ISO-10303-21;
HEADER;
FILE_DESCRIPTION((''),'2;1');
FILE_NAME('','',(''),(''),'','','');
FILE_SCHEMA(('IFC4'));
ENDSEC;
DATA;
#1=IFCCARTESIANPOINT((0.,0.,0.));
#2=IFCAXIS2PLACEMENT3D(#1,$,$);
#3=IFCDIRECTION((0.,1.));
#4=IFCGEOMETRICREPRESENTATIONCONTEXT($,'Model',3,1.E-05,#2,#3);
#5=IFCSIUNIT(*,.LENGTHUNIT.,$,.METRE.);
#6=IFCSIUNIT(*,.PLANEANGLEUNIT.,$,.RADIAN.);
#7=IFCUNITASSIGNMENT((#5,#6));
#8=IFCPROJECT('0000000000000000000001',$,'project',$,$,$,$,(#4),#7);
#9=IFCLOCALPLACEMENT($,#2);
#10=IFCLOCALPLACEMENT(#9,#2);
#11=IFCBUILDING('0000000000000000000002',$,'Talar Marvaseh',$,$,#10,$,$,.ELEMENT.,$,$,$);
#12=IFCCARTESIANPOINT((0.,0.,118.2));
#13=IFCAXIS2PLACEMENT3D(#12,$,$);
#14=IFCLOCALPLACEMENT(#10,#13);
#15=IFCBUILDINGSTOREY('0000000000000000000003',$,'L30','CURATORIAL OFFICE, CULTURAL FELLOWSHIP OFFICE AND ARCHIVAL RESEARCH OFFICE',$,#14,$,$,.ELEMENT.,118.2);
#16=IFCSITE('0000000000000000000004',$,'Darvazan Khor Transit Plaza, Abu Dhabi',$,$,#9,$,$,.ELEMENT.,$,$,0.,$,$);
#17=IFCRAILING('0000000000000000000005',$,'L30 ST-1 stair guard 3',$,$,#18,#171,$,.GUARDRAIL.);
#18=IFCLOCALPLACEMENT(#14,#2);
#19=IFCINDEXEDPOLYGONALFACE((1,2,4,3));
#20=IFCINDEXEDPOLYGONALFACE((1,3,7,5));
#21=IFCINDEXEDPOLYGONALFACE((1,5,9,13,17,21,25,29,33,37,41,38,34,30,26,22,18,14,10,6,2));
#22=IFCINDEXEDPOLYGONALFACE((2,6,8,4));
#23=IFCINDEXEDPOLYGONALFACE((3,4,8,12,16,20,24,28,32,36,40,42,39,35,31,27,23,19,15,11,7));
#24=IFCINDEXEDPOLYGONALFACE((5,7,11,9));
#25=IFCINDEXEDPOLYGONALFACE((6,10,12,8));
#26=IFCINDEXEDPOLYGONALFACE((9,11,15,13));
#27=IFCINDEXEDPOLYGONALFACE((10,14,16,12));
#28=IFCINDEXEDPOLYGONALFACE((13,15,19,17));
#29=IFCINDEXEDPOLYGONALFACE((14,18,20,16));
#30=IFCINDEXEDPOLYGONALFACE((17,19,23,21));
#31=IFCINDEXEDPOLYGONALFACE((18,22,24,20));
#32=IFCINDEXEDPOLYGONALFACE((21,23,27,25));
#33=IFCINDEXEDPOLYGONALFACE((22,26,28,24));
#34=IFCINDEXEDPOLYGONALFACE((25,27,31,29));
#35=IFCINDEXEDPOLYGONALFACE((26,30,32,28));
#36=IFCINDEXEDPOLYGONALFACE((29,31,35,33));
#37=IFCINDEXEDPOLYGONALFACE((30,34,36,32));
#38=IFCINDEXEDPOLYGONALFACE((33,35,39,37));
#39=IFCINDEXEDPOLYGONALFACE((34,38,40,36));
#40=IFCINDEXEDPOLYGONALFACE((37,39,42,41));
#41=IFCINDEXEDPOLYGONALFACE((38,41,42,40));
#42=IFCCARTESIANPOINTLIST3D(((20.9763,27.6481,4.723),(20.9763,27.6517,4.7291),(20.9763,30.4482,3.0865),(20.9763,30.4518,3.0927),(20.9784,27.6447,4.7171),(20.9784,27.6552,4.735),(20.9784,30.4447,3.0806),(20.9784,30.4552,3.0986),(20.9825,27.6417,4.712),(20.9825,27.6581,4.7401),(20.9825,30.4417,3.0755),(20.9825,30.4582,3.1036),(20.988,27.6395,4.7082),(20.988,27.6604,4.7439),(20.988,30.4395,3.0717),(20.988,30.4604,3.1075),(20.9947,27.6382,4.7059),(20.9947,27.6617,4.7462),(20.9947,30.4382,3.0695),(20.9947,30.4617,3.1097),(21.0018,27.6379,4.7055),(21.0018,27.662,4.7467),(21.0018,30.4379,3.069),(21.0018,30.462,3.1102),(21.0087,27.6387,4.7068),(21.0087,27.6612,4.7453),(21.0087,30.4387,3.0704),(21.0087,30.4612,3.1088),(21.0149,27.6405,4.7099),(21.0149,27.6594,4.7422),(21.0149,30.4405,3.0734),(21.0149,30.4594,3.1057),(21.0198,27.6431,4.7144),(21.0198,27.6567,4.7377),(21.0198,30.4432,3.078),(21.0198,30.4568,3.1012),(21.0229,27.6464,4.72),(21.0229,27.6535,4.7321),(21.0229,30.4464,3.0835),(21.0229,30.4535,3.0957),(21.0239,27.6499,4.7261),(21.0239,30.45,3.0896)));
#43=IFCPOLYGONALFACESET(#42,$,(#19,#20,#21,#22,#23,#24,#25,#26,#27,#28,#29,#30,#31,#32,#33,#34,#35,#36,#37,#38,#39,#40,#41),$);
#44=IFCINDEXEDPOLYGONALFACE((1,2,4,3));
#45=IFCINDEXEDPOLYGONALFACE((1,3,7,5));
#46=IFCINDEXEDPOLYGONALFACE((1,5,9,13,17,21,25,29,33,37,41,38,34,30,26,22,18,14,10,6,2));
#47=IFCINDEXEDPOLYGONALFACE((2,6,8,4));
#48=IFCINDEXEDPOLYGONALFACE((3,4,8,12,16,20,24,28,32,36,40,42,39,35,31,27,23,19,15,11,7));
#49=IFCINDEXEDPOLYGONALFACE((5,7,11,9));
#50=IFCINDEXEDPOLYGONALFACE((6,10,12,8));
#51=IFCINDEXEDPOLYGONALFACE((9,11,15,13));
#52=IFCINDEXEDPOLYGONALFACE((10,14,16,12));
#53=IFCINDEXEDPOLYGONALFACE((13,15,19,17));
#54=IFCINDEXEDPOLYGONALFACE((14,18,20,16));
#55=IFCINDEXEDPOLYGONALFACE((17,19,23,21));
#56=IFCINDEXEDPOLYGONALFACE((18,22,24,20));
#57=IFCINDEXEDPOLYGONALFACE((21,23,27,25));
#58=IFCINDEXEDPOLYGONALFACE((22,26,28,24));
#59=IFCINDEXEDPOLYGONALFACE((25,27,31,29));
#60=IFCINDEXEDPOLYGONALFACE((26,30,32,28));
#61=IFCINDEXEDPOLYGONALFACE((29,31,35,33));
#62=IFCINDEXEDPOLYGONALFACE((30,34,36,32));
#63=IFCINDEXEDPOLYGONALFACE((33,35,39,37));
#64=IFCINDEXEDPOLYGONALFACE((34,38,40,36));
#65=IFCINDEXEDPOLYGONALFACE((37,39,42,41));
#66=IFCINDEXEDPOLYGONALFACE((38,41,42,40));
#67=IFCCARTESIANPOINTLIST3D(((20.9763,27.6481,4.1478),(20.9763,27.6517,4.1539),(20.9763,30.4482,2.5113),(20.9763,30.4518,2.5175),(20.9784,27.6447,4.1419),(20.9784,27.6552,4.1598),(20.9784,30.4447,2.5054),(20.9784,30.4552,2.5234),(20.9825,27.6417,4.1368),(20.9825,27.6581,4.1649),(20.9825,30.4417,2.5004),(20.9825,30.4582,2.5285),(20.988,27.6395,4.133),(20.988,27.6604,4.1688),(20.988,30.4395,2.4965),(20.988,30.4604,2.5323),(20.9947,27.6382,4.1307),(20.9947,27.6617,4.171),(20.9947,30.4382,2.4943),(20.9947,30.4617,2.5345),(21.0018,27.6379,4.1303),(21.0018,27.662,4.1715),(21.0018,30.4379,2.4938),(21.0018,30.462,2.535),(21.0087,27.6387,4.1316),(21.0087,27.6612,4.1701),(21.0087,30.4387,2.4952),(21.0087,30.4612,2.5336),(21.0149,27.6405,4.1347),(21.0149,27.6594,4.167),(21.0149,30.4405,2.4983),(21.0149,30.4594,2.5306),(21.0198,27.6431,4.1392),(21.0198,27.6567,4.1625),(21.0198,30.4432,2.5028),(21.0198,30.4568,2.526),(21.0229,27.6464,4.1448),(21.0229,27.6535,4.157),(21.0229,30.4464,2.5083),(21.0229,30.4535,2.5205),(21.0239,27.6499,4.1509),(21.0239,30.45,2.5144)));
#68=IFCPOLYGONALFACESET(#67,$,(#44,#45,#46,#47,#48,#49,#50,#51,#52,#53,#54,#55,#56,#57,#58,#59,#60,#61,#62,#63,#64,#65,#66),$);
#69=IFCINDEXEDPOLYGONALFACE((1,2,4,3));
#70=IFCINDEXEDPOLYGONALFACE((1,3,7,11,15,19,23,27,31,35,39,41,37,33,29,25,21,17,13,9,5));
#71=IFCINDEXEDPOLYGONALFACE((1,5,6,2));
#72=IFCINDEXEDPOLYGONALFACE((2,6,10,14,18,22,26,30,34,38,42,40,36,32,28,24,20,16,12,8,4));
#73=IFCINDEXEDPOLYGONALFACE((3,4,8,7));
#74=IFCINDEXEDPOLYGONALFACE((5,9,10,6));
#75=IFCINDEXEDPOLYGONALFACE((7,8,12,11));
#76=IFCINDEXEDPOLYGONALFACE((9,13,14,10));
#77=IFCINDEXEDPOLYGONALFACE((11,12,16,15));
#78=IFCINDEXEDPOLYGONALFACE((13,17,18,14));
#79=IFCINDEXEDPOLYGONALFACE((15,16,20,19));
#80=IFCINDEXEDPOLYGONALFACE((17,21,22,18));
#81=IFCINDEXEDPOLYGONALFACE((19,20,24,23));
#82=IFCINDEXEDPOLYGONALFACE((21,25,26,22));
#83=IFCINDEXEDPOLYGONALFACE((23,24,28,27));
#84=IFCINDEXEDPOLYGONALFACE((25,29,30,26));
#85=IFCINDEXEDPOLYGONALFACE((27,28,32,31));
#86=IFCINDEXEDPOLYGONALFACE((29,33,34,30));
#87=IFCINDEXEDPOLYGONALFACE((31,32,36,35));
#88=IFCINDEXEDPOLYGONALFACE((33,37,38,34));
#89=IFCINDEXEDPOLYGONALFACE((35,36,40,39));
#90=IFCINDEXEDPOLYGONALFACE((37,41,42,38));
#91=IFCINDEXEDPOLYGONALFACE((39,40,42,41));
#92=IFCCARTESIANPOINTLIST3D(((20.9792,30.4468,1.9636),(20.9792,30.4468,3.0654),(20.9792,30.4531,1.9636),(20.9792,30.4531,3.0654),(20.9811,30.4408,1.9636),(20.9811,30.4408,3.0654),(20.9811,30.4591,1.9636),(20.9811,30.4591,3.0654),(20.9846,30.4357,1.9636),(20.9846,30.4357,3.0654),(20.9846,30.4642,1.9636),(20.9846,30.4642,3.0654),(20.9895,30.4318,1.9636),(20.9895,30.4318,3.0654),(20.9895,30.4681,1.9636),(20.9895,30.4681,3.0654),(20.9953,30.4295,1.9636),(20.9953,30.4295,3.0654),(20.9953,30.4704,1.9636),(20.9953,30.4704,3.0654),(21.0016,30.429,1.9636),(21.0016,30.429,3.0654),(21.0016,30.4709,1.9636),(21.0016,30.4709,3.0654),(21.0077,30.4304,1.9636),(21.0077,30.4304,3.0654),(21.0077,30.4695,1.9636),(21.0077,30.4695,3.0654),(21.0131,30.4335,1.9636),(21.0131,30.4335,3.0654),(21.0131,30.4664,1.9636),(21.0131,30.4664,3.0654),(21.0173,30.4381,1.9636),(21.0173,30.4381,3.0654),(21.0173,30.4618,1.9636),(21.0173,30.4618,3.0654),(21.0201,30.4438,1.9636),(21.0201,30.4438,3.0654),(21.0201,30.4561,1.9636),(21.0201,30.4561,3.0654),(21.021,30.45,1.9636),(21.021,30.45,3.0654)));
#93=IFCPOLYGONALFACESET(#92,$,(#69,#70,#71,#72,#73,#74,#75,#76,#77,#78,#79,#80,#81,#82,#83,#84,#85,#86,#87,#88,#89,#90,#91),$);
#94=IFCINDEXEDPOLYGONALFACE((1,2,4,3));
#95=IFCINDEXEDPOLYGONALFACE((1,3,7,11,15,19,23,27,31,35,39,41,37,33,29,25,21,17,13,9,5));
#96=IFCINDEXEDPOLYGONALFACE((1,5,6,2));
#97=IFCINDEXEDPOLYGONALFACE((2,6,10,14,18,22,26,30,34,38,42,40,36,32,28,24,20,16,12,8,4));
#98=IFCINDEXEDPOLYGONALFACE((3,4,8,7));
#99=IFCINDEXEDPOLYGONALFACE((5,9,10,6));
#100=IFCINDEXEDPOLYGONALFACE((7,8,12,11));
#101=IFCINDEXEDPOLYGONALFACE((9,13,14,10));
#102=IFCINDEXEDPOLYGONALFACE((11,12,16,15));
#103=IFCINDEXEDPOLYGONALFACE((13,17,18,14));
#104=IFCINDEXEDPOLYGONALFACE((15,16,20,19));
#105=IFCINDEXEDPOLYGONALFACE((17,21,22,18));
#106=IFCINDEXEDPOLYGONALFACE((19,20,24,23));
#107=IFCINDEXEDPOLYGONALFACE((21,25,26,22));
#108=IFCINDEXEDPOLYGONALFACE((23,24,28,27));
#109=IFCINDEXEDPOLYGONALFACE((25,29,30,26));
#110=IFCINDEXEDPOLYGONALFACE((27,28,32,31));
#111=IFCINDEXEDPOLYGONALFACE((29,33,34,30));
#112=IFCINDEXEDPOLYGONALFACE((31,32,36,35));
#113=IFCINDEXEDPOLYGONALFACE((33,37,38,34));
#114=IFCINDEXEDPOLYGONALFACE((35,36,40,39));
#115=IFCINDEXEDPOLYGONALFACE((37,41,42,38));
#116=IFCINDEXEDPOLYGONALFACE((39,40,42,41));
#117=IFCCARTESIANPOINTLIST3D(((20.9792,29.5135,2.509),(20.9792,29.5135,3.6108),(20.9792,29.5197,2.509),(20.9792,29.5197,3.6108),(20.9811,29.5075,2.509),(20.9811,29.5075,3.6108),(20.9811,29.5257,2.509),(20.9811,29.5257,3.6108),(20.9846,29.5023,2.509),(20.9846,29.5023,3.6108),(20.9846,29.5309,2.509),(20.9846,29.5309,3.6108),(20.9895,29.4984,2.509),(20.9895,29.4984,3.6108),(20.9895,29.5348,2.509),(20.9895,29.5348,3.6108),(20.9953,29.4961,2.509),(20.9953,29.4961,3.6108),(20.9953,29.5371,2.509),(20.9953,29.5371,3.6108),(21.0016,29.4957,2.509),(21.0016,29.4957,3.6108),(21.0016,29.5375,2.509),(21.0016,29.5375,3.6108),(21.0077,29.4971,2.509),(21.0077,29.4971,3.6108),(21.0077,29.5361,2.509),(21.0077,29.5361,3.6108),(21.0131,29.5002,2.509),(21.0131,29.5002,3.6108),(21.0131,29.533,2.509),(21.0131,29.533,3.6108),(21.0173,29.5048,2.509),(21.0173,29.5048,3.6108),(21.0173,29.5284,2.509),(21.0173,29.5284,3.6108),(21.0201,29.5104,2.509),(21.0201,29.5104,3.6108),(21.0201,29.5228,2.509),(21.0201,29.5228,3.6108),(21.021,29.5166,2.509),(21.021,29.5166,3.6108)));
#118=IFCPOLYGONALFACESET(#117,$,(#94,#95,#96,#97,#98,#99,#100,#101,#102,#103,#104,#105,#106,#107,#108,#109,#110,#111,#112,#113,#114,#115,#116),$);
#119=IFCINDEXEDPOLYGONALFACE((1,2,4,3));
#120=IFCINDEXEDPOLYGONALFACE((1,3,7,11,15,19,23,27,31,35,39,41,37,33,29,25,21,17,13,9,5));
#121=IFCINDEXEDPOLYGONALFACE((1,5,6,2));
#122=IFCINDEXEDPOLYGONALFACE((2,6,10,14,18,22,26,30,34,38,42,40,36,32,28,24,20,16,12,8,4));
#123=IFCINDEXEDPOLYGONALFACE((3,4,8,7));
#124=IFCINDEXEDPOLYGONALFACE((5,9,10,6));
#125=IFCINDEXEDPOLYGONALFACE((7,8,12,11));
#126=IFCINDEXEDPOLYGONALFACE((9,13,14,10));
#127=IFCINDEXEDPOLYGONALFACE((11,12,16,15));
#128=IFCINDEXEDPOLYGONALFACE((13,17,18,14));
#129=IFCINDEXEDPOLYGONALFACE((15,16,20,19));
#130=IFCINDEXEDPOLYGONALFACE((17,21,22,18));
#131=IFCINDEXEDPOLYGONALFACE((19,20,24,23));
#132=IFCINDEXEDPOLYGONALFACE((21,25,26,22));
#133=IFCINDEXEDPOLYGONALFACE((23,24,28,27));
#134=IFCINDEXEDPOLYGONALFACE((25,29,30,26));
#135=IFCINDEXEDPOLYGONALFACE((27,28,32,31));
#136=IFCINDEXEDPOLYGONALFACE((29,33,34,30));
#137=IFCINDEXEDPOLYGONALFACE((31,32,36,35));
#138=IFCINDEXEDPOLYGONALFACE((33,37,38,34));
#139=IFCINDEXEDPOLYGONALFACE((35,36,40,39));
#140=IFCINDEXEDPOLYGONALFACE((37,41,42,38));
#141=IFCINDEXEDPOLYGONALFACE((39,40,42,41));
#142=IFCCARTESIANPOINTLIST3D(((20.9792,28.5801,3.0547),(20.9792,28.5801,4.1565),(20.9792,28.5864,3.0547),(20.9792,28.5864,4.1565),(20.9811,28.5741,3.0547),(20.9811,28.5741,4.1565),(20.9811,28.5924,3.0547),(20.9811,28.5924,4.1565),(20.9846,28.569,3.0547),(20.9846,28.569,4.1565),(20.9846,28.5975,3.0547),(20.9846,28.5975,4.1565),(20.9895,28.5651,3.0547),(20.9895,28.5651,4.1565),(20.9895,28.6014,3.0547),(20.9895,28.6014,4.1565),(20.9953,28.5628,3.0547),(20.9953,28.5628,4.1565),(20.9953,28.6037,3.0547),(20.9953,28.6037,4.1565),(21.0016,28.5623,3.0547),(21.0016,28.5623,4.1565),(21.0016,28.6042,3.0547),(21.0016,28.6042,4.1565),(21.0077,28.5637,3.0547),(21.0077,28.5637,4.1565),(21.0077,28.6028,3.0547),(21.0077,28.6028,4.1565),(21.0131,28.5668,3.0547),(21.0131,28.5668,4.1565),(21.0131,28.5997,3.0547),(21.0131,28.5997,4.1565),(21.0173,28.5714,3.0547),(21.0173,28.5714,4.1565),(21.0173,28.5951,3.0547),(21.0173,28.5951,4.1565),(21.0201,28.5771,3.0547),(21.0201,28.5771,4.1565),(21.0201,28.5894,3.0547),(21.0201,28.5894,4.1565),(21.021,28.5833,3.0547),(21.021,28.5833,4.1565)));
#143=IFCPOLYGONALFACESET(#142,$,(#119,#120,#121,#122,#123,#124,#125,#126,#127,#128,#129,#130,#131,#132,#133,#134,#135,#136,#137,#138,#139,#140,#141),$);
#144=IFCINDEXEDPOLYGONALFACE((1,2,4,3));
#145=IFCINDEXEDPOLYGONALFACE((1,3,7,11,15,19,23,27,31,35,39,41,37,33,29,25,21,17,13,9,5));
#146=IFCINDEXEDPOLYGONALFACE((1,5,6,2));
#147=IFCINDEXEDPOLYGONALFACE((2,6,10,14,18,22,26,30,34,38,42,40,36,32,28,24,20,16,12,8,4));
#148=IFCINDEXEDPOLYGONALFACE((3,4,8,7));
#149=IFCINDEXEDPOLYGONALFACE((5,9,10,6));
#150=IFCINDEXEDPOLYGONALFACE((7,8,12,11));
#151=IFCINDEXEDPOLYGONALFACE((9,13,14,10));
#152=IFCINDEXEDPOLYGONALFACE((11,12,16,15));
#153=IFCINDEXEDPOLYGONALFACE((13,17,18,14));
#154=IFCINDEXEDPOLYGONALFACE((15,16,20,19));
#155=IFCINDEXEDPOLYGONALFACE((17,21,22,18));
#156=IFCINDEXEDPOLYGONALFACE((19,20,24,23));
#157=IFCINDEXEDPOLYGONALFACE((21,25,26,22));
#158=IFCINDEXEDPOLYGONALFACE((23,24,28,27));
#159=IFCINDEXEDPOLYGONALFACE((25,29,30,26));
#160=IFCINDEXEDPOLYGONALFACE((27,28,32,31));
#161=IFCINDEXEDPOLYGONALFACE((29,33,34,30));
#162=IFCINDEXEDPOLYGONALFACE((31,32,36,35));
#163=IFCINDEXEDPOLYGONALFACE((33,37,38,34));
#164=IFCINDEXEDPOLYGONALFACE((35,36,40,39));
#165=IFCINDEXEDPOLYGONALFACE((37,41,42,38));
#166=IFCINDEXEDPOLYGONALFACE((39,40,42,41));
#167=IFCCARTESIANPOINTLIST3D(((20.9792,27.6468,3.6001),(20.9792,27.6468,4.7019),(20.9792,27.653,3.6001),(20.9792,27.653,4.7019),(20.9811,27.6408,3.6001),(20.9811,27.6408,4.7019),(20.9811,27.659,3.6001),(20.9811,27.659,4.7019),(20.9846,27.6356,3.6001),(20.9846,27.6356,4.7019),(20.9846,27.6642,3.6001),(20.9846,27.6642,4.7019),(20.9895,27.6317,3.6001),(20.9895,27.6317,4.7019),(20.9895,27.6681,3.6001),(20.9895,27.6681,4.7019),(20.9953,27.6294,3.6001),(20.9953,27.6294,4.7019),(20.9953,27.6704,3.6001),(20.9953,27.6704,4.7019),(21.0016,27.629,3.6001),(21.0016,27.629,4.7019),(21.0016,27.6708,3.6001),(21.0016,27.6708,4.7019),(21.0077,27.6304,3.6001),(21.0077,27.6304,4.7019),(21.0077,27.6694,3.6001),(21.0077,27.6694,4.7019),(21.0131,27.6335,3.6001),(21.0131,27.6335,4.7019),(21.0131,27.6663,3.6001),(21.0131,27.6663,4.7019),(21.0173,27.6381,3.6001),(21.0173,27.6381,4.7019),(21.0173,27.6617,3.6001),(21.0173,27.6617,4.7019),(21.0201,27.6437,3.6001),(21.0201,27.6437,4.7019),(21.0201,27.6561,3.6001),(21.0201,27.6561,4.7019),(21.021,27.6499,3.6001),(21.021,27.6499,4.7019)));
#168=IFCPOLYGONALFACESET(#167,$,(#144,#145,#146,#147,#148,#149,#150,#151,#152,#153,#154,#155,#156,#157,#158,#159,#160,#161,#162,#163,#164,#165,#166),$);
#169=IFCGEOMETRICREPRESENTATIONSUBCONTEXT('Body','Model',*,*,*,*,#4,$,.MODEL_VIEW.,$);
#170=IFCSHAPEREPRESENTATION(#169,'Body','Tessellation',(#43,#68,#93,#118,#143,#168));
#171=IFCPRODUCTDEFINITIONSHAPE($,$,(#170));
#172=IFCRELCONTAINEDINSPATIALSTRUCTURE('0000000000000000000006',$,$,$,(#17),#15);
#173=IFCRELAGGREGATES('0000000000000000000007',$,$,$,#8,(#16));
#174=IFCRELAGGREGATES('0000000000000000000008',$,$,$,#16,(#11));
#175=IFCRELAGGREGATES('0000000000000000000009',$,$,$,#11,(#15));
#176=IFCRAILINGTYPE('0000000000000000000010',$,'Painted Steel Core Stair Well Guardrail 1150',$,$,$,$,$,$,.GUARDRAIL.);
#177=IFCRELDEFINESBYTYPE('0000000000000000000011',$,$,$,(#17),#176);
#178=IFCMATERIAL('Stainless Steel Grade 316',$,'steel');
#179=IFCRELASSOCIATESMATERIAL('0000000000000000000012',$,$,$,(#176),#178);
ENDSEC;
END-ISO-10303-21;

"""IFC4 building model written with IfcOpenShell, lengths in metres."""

from ifc_helpers import new_model, si_unit, direction, frame, origin, origin_2d, place, context, subcontext, project, spatial, circle, extrude, material, type_object, element, save


model = new_model("IFC4")

# Units and contexts
model_context = context("Model", 3, precision=1e-05, world=origin(), true_north=direction((0.0, 1.0)))
body_context = subcontext(model_context, "Body", "Model", "MODEL_VIEW")
ifc_project = project(units=[si_unit("LENGTHUNIT", "METRE"), si_unit("PLANEANGLEUNIT", "RADIAN")], contexts=[model_context])

# Site, building, storey
site_placement = place(None, origin())
site = spatial("IfcSite", under=ifc_project, at=site_placement, Name="Darvazan Khor Transit Plaza, Abu Dhabi", CompositionType="ELEMENT", RefElevation=0.0)
building_placement = place(site_placement, origin())
building = spatial("IfcBuilding", under=site, at=building_placement, Name="Talar Marvaseh", CompositionType="ELEMENT")
storey_placement = place(building_placement, frame((0.0, 0.0, 118.2)))
storey = spatial("IfcBuildingStorey", under=building, at=storey_placement, Name="L30", Description="CURATORIAL OFFICE, CULTURAL FELLOWSHIP OFFICE AND ARCHIVAL RESEARCH OFFICE", CompositionType="ELEMENT", Elevation=118.2)

# Railing
ifc_material_1 = material(Name="Stainless Steel Grade 316", Category="steel")
railing_type_1 = type_object("IfcRailingType", Name="Painted Steel Core Stair Well Guardrail 1150", PredefinedType="GUARDRAIL", material=ifc_material_1)
railing_1_placement = place(storey_placement, frame((21.0, 30.45, 1.9636)))
element("IfcRailing", 1, at=railing_1_placement, inside=storey, type_object=railing_type_1, Name="L30 ST-1 stair guard 3", PredefinedType="GUARDRAIL", context=body_context, shape_type="SweptSolid", body=[
    extrude(circle(Radius=0.0239, at=origin_2d()), frame((0.0, 0.0, 1.126), z_axis=(0.0, -0.863361, 0.504587), x_axis=(1.0, 0.0, 0.0)), (0.0, 0.0, 1.0), 3.2432),
    extrude(circle(Radius=0.0239, at=origin_2d()), frame((0.0, 0.0, 0.5508), z_axis=(0.0, -0.863361, 0.504587), x_axis=(1.0, 0.0, 0.0)), (0.0, 0.0, 1.0), 3.2432),
    extrude(circle(Radius=0.021, at=origin_2d()), origin(), (0.0, 0.0, 1.0), 1.1018),
    extrude(circle(Radius=0.021, at=origin_2d()), frame((0.0, -0.9333, 0.5454)), (0.0, 0.0, 1.0), 1.1018),
    extrude(circle(Radius=0.021, at=origin_2d()), frame((0.0, -1.8667, 1.0911)), (0.0, 0.0, 1.0), 1.1018),
    extrude(circle(Radius=0.021, at=origin_2d()), frame((0.0, -2.8, 1.6365)), (0.0, 0.0, 1.0), 1.1018),
])

save(model, "model.ifc")
